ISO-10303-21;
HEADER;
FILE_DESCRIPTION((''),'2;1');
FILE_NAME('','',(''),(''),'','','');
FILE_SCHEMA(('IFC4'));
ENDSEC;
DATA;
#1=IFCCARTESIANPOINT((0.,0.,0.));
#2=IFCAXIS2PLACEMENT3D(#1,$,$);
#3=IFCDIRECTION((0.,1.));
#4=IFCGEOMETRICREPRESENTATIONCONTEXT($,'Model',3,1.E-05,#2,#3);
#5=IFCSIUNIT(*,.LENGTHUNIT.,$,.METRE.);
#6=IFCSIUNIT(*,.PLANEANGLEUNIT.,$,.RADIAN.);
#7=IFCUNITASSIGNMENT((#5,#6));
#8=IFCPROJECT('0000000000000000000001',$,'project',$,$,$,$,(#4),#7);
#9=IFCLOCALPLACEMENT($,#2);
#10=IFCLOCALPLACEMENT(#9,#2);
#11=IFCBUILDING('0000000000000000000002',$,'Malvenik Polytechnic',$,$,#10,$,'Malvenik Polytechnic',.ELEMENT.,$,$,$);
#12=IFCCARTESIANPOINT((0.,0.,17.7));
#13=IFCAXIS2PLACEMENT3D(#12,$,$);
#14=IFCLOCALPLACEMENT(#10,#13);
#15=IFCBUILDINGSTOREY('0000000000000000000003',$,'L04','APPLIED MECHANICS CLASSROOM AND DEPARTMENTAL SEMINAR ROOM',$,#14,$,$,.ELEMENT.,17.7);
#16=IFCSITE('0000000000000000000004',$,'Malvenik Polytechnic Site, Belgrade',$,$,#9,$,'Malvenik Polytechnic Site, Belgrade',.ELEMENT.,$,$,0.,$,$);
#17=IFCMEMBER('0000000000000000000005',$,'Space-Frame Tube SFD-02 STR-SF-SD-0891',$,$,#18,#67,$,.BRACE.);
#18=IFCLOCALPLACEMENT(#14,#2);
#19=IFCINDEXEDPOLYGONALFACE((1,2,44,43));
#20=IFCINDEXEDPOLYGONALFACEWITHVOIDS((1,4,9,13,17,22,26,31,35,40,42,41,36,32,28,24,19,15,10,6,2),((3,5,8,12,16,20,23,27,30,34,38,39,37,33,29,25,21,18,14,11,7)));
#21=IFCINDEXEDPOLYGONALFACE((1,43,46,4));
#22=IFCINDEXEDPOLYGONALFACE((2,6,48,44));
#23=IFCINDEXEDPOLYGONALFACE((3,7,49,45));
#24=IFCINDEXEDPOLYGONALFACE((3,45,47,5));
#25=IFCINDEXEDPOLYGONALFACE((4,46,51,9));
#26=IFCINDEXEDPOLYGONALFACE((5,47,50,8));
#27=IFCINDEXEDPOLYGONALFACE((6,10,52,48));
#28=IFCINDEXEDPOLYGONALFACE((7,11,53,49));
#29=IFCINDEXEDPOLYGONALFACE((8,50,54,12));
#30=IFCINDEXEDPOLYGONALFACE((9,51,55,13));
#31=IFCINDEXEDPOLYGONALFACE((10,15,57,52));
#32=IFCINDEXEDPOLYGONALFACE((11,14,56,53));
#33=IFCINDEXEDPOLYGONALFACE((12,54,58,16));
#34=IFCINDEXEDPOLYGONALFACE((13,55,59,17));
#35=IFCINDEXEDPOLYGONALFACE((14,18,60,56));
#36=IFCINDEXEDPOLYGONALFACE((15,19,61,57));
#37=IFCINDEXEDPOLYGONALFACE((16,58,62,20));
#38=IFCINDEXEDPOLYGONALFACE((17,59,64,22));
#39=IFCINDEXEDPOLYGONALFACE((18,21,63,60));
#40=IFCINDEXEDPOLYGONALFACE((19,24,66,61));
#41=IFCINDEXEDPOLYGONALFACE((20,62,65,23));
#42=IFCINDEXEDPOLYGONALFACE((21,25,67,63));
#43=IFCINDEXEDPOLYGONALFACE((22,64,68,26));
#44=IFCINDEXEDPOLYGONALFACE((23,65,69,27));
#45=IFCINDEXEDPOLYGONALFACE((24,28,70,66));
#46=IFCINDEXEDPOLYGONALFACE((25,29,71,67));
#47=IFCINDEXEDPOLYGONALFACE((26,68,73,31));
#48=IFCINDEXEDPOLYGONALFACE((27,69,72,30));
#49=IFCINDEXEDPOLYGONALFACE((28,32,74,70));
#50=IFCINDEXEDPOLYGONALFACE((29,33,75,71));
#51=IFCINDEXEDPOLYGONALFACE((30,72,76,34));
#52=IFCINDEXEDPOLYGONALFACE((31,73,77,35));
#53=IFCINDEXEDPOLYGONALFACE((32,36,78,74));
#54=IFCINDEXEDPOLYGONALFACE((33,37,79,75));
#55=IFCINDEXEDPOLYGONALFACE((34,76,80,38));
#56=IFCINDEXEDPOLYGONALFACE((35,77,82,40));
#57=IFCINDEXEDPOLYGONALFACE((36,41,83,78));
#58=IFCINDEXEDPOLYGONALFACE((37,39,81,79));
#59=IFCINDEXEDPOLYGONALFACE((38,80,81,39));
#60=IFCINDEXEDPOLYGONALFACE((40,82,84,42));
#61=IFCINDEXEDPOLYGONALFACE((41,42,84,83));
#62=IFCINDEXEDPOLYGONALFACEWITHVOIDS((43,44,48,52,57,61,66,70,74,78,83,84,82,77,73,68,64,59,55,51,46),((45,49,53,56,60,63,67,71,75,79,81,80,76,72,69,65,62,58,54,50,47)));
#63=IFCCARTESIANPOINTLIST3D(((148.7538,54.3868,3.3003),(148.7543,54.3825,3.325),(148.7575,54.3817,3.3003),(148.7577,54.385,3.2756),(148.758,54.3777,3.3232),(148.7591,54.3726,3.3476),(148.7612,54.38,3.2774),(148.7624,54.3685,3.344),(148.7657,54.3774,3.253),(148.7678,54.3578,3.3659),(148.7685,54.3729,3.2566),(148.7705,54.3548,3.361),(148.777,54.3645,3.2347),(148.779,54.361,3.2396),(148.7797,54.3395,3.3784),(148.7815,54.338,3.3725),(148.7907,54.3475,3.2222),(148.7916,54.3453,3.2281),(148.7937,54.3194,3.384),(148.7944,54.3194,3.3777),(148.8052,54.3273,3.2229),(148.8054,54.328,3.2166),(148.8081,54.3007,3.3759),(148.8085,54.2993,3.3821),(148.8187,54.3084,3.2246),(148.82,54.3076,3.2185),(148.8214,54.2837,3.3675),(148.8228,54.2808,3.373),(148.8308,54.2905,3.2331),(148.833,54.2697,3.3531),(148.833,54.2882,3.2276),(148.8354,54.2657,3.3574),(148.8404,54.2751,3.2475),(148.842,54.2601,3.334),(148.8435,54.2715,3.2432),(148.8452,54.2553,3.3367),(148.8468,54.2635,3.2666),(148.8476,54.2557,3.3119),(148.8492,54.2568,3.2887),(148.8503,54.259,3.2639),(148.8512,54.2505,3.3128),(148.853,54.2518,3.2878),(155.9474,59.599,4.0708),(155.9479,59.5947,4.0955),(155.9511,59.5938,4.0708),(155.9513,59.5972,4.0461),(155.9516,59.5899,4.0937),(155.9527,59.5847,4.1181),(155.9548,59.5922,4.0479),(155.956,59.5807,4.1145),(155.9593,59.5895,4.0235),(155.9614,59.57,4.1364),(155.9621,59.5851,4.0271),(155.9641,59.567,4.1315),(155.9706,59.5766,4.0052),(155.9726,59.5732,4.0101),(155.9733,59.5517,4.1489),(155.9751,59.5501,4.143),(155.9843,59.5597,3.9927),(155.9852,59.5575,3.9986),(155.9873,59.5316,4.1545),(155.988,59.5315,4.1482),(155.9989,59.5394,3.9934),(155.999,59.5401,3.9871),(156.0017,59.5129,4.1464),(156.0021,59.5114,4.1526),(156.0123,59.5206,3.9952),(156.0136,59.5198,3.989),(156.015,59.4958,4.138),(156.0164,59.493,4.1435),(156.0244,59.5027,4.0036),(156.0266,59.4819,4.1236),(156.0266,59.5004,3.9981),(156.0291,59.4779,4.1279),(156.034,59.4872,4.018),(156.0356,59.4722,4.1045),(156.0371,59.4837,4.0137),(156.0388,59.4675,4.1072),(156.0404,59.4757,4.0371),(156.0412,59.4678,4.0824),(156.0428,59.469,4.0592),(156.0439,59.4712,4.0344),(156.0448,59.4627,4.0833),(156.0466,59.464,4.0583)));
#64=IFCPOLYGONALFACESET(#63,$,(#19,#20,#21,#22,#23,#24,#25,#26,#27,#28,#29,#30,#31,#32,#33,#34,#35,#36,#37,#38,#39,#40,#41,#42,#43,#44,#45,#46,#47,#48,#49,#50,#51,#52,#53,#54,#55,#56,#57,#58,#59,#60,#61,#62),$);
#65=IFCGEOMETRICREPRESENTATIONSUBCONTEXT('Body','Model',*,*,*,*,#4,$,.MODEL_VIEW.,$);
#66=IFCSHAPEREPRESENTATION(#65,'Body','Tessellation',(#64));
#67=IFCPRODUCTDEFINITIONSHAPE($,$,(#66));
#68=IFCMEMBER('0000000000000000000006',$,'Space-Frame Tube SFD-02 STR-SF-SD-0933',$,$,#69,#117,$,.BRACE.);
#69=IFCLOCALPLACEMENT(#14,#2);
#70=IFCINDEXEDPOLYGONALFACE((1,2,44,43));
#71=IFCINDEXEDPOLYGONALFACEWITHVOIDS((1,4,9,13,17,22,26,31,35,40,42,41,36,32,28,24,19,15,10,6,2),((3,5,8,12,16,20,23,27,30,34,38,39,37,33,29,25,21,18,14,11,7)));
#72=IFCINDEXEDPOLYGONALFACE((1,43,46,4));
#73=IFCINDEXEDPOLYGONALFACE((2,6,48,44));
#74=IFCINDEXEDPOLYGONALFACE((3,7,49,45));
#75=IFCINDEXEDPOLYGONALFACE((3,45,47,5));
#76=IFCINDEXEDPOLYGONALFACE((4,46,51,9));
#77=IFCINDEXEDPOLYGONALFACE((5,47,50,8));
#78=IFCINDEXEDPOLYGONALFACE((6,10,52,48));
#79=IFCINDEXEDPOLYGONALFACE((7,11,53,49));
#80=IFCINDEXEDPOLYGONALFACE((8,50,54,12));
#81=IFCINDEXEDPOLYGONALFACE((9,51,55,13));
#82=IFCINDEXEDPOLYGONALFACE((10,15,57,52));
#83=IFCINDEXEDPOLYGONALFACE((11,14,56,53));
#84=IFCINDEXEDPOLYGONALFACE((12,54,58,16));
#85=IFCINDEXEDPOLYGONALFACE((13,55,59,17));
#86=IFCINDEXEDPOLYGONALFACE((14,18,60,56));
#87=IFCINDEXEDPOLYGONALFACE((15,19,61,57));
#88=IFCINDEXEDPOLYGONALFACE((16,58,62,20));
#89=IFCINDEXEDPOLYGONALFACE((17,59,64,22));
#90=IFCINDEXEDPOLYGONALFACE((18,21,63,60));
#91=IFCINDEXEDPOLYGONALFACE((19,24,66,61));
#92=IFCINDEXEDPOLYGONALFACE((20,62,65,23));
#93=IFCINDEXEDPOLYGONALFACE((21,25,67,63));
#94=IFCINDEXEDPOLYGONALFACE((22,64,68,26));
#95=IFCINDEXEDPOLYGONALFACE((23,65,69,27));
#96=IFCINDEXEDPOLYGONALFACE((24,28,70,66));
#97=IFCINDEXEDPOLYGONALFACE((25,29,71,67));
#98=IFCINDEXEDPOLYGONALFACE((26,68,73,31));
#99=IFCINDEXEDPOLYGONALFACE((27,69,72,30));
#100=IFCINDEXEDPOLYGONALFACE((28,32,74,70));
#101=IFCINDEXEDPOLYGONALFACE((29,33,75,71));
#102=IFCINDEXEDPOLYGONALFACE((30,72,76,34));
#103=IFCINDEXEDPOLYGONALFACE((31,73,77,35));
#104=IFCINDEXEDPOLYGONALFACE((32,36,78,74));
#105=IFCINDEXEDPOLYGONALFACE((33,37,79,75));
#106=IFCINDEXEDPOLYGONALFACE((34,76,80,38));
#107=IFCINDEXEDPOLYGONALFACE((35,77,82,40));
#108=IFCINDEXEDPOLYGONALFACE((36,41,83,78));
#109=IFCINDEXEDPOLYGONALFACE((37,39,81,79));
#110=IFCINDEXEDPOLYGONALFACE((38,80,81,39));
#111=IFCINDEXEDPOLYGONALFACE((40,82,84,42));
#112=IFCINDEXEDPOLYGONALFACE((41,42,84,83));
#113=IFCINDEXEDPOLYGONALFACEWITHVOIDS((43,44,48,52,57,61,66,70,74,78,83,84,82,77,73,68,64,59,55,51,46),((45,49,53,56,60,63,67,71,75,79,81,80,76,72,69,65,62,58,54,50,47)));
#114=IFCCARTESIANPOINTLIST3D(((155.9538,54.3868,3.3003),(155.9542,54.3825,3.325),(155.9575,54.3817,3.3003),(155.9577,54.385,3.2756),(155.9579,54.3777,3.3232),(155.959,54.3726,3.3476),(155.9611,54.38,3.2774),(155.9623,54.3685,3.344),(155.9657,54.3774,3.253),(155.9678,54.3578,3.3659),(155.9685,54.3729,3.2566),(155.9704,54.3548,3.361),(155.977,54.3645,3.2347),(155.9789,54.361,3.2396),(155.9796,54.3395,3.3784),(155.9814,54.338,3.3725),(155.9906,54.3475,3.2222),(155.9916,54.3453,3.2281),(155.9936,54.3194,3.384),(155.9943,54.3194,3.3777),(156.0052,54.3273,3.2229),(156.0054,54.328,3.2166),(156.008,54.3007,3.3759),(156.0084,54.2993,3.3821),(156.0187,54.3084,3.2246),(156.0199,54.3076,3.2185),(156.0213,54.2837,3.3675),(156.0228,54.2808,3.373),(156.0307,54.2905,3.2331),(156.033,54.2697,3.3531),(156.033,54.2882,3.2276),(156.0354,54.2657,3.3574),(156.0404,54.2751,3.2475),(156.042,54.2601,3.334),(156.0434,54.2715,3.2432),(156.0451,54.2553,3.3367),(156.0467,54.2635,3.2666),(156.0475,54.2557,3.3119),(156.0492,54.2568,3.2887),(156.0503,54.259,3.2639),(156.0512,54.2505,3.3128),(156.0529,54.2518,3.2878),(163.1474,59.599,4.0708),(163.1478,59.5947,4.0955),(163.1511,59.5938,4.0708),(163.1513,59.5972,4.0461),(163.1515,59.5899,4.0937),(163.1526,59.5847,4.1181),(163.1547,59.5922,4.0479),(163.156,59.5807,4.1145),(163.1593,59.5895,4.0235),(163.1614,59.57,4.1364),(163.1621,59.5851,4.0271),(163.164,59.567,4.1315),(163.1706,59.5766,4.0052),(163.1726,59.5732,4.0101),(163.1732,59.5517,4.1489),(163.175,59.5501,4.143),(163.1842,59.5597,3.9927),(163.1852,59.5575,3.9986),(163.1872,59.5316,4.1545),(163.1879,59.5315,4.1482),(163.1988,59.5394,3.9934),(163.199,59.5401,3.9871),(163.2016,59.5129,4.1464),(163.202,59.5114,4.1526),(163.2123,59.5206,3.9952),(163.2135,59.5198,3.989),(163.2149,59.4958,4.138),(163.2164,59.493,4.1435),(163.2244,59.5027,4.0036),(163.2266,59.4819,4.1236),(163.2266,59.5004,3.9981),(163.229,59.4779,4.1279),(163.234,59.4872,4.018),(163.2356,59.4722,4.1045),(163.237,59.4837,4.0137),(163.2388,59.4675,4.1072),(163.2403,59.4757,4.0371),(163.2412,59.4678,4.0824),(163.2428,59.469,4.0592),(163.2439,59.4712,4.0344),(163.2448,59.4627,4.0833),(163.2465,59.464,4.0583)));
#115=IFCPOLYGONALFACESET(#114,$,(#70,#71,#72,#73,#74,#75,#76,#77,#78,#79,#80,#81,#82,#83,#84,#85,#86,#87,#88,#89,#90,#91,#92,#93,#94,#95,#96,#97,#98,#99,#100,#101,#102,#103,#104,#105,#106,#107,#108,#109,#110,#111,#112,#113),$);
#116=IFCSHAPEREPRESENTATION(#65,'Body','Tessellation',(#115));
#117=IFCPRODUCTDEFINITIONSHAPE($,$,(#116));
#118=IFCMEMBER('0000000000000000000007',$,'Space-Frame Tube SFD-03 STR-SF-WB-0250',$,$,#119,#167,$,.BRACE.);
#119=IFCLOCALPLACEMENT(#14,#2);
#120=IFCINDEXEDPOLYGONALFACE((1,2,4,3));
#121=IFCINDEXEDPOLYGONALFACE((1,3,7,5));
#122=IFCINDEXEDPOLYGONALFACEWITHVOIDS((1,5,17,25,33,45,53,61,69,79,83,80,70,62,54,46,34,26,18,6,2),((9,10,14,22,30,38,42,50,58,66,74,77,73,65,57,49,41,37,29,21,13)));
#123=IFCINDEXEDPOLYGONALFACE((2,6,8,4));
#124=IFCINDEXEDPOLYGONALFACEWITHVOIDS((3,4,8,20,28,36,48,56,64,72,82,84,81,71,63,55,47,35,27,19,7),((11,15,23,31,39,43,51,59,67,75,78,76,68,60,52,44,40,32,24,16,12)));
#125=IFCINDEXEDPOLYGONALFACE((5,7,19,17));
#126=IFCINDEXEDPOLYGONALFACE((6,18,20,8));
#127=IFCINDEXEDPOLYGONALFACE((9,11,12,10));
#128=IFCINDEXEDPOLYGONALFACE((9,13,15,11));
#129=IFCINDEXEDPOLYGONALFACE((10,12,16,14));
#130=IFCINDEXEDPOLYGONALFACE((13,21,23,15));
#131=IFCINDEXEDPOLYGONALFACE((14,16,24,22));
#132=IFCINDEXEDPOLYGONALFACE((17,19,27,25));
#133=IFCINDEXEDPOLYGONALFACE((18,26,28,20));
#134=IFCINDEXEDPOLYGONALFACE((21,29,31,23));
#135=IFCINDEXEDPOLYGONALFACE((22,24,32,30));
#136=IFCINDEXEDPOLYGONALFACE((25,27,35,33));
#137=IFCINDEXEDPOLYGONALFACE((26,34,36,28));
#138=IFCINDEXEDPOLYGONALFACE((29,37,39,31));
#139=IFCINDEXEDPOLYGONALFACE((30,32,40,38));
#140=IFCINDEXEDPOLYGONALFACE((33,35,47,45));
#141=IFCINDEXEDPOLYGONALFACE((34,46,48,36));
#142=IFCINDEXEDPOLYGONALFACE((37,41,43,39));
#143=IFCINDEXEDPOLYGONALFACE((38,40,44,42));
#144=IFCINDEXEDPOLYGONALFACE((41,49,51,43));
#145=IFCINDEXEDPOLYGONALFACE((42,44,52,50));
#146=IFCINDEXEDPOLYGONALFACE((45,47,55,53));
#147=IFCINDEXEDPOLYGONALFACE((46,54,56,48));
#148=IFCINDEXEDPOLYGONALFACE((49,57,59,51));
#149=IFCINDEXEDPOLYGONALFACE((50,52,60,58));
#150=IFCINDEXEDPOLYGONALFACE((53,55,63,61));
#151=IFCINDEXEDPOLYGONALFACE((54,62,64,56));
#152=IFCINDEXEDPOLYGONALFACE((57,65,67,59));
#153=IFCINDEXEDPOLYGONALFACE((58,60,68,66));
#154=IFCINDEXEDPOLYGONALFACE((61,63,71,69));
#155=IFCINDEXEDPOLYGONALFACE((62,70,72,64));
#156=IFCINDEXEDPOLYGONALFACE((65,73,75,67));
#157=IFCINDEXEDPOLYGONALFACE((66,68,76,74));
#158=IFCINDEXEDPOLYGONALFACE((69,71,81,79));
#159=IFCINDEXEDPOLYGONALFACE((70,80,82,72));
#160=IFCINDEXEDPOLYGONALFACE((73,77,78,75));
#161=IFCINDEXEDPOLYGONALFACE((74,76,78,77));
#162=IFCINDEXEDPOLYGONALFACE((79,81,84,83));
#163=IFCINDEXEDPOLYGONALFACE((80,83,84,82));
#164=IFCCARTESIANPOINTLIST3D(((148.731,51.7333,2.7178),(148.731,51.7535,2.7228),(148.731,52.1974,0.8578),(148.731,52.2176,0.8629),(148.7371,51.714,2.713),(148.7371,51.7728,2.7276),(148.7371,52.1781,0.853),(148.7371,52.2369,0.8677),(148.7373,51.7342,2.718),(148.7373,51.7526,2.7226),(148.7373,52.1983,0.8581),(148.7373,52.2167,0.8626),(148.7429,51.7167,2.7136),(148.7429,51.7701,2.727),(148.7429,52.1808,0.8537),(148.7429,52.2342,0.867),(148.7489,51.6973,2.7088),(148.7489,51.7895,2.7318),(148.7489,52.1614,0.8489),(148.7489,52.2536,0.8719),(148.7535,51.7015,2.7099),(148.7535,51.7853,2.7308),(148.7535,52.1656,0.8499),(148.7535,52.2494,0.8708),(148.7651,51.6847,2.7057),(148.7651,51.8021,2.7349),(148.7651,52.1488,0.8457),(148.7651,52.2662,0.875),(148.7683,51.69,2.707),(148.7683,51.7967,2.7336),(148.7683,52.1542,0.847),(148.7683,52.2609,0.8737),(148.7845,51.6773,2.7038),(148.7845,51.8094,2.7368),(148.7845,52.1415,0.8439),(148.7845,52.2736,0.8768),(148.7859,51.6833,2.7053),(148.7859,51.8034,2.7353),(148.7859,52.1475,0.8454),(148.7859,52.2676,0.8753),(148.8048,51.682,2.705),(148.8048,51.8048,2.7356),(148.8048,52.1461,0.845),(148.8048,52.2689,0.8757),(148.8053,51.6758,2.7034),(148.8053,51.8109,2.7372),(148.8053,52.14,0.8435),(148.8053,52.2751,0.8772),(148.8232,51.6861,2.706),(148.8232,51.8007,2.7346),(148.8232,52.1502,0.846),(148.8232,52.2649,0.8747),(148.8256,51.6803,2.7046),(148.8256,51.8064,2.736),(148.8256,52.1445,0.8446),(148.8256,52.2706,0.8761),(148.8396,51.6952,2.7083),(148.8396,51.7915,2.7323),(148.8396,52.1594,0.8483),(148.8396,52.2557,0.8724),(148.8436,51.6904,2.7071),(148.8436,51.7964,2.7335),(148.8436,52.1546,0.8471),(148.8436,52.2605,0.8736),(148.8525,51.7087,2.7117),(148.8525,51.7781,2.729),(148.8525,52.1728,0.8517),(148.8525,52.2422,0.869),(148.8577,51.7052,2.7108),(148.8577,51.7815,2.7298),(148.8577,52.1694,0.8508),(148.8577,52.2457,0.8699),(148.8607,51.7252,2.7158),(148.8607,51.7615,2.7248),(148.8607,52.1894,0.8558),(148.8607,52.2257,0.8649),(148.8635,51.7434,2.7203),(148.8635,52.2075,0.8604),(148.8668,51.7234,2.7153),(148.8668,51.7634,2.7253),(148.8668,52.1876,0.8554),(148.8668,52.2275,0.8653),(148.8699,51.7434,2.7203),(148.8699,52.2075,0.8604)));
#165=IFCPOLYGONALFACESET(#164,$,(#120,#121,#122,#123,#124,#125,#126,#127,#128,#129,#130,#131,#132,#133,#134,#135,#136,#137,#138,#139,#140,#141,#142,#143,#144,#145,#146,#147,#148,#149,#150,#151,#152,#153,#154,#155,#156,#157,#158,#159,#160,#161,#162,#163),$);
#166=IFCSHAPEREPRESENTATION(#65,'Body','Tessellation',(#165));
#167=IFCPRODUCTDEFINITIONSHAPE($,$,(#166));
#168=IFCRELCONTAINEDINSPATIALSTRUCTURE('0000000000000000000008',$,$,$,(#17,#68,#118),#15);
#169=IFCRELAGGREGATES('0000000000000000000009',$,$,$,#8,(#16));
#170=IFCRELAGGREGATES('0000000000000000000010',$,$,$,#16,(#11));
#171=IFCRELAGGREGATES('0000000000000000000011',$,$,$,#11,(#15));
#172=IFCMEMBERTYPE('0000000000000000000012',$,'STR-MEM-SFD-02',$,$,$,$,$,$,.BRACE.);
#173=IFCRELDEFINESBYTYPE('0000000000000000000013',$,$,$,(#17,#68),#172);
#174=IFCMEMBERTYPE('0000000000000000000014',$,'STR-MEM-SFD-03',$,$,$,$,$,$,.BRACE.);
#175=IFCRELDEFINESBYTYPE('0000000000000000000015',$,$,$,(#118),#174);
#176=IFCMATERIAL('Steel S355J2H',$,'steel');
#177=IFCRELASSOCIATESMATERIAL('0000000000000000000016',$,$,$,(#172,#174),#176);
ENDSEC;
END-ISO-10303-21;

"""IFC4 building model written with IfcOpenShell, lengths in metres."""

from ifc_helpers import new_model, si_unit, direction, frame, origin, origin_2d, place, context, subcontext, project, spatial, hollow_circle, extrude, material, material_profile, profile_set, type_object, element, save


model = new_model("IFC4")

# Units and contexts
model_context = context("Model", 3, precision=1e-05, world=origin(), true_north=direction((0.0, 1.0)))
body_context = subcontext(model_context, "Body", "Model", "MODEL_VIEW")
ifc_project = project(units=[si_unit("LENGTHUNIT", "METRE"), si_unit("PLANEANGLEUNIT", "RADIAN")], contexts=[model_context])

# Site, building, storey
site_placement = place(None, origin())
site = spatial("IfcSite", under=ifc_project, at=site_placement, Name="Malvenik Polytechnic Site, Belgrade", LongName="Malvenik Polytechnic Site, Belgrade", CompositionType="ELEMENT", RefElevation=0.0)
building_placement = place(site_placement, origin())
building = spatial("IfcBuilding", under=site, at=building_placement, Name="Malvenik Polytechnic", LongName="Malvenik Polytechnic", CompositionType="ELEMENT")
storey_placement = place(building_placement, frame((0.0, 0.0, 17.7)))
storey = spatial("IfcBuildingStorey", under=building, at=storey_placement, Name="L04", Description="APPLIED MECHANICS CLASSROOM AND DEPARTMENTAL SEMINAR ROOM", CompositionType="ELEMENT", Elevation=17.7)

# Members
ifc_material = material(Name="Steel S355J2H", Category="steel")
ifc_material_profile_1 = material_profile(ifc_material, hollow_circle(Radius=0.0842, WallThickness=0.0063, at=origin_2d()), Name="CHS 168.3x6.3")
ifc_profile_set_1 = profile_set([ifc_material_profile_1], Name="Steel S355J2H")
member_type_1 = type_object("IfcMemberType", Name="STR-MEM-SFD-02", PredefinedType="BRACE", material=ifc_profile_set_1)
for number, where, z_axis, x_axis, name in (
    (1, (148.8032, 54.3186, 3.3003), (0.806753, 0.584536, 0.086411), (-0.586731, 0.809782, 0.0), "Space-Frame Tube SFD-02 STR-SF-SD-0891"),
    (2, (156.0032, 54.3186, 3.3003), (0.806753, 0.584536, 0.086411), (-0.586731, 0.809782, 0.0), "Space-Frame Tube SFD-02 STR-SF-SD-0933"),
):
    element("IfcMember", number, at=place(storey_placement, frame(where, z_axis=z_axis, x_axis=x_axis)), inside=storey, type_object=member_type_1, Name=name, PredefinedType="BRACE", context=body_context, shape_type="SweptSolid", body=[
        extrude(hollow_circle(Radius=0.0842, WallThickness=0.0063, at=origin_2d()), origin(), (0.0, 0.0, 1.0), 8.9167),
    ])
ifc_material_profile_2 = material_profile(ifc_material, hollow_circle(Radius=0.0698, WallThickness=0.0063, at=origin_2d()), Name="CHS 139.7x6.3")
ifc_profile_set_2 = profile_set([ifc_material_profile_2], Name="Steel S355J2H")
member_type_2 = type_object("IfcMemberType", Name="STR-MEM-SFD-03", PredefinedType="BRACE", material=ifc_profile_set_2)
for number, where, z_axis, x_axis, name in (
    (3, (148.8, 52.2075, 0.8604), (0.0, -0.242116, 0.970247), (1.0, 0.0, 0.0), "Space-Frame Tube SFD-03 STR-SF-WB-0250"),
):
    element("IfcMember", number, at=place(storey_placement, frame(where, z_axis=z_axis, x_axis=x_axis)), inside=storey, type_object=member_type_2, Name=name, PredefinedType="BRACE", context=body_context, shape_type="SweptSolid", body=[
        extrude(hollow_circle(Radius=0.0698, WallThickness=0.0063, at=origin_2d()), origin(), (0.0, 0.0, 1.0), 1.917),
    ])

save(model, "model.ifc")
